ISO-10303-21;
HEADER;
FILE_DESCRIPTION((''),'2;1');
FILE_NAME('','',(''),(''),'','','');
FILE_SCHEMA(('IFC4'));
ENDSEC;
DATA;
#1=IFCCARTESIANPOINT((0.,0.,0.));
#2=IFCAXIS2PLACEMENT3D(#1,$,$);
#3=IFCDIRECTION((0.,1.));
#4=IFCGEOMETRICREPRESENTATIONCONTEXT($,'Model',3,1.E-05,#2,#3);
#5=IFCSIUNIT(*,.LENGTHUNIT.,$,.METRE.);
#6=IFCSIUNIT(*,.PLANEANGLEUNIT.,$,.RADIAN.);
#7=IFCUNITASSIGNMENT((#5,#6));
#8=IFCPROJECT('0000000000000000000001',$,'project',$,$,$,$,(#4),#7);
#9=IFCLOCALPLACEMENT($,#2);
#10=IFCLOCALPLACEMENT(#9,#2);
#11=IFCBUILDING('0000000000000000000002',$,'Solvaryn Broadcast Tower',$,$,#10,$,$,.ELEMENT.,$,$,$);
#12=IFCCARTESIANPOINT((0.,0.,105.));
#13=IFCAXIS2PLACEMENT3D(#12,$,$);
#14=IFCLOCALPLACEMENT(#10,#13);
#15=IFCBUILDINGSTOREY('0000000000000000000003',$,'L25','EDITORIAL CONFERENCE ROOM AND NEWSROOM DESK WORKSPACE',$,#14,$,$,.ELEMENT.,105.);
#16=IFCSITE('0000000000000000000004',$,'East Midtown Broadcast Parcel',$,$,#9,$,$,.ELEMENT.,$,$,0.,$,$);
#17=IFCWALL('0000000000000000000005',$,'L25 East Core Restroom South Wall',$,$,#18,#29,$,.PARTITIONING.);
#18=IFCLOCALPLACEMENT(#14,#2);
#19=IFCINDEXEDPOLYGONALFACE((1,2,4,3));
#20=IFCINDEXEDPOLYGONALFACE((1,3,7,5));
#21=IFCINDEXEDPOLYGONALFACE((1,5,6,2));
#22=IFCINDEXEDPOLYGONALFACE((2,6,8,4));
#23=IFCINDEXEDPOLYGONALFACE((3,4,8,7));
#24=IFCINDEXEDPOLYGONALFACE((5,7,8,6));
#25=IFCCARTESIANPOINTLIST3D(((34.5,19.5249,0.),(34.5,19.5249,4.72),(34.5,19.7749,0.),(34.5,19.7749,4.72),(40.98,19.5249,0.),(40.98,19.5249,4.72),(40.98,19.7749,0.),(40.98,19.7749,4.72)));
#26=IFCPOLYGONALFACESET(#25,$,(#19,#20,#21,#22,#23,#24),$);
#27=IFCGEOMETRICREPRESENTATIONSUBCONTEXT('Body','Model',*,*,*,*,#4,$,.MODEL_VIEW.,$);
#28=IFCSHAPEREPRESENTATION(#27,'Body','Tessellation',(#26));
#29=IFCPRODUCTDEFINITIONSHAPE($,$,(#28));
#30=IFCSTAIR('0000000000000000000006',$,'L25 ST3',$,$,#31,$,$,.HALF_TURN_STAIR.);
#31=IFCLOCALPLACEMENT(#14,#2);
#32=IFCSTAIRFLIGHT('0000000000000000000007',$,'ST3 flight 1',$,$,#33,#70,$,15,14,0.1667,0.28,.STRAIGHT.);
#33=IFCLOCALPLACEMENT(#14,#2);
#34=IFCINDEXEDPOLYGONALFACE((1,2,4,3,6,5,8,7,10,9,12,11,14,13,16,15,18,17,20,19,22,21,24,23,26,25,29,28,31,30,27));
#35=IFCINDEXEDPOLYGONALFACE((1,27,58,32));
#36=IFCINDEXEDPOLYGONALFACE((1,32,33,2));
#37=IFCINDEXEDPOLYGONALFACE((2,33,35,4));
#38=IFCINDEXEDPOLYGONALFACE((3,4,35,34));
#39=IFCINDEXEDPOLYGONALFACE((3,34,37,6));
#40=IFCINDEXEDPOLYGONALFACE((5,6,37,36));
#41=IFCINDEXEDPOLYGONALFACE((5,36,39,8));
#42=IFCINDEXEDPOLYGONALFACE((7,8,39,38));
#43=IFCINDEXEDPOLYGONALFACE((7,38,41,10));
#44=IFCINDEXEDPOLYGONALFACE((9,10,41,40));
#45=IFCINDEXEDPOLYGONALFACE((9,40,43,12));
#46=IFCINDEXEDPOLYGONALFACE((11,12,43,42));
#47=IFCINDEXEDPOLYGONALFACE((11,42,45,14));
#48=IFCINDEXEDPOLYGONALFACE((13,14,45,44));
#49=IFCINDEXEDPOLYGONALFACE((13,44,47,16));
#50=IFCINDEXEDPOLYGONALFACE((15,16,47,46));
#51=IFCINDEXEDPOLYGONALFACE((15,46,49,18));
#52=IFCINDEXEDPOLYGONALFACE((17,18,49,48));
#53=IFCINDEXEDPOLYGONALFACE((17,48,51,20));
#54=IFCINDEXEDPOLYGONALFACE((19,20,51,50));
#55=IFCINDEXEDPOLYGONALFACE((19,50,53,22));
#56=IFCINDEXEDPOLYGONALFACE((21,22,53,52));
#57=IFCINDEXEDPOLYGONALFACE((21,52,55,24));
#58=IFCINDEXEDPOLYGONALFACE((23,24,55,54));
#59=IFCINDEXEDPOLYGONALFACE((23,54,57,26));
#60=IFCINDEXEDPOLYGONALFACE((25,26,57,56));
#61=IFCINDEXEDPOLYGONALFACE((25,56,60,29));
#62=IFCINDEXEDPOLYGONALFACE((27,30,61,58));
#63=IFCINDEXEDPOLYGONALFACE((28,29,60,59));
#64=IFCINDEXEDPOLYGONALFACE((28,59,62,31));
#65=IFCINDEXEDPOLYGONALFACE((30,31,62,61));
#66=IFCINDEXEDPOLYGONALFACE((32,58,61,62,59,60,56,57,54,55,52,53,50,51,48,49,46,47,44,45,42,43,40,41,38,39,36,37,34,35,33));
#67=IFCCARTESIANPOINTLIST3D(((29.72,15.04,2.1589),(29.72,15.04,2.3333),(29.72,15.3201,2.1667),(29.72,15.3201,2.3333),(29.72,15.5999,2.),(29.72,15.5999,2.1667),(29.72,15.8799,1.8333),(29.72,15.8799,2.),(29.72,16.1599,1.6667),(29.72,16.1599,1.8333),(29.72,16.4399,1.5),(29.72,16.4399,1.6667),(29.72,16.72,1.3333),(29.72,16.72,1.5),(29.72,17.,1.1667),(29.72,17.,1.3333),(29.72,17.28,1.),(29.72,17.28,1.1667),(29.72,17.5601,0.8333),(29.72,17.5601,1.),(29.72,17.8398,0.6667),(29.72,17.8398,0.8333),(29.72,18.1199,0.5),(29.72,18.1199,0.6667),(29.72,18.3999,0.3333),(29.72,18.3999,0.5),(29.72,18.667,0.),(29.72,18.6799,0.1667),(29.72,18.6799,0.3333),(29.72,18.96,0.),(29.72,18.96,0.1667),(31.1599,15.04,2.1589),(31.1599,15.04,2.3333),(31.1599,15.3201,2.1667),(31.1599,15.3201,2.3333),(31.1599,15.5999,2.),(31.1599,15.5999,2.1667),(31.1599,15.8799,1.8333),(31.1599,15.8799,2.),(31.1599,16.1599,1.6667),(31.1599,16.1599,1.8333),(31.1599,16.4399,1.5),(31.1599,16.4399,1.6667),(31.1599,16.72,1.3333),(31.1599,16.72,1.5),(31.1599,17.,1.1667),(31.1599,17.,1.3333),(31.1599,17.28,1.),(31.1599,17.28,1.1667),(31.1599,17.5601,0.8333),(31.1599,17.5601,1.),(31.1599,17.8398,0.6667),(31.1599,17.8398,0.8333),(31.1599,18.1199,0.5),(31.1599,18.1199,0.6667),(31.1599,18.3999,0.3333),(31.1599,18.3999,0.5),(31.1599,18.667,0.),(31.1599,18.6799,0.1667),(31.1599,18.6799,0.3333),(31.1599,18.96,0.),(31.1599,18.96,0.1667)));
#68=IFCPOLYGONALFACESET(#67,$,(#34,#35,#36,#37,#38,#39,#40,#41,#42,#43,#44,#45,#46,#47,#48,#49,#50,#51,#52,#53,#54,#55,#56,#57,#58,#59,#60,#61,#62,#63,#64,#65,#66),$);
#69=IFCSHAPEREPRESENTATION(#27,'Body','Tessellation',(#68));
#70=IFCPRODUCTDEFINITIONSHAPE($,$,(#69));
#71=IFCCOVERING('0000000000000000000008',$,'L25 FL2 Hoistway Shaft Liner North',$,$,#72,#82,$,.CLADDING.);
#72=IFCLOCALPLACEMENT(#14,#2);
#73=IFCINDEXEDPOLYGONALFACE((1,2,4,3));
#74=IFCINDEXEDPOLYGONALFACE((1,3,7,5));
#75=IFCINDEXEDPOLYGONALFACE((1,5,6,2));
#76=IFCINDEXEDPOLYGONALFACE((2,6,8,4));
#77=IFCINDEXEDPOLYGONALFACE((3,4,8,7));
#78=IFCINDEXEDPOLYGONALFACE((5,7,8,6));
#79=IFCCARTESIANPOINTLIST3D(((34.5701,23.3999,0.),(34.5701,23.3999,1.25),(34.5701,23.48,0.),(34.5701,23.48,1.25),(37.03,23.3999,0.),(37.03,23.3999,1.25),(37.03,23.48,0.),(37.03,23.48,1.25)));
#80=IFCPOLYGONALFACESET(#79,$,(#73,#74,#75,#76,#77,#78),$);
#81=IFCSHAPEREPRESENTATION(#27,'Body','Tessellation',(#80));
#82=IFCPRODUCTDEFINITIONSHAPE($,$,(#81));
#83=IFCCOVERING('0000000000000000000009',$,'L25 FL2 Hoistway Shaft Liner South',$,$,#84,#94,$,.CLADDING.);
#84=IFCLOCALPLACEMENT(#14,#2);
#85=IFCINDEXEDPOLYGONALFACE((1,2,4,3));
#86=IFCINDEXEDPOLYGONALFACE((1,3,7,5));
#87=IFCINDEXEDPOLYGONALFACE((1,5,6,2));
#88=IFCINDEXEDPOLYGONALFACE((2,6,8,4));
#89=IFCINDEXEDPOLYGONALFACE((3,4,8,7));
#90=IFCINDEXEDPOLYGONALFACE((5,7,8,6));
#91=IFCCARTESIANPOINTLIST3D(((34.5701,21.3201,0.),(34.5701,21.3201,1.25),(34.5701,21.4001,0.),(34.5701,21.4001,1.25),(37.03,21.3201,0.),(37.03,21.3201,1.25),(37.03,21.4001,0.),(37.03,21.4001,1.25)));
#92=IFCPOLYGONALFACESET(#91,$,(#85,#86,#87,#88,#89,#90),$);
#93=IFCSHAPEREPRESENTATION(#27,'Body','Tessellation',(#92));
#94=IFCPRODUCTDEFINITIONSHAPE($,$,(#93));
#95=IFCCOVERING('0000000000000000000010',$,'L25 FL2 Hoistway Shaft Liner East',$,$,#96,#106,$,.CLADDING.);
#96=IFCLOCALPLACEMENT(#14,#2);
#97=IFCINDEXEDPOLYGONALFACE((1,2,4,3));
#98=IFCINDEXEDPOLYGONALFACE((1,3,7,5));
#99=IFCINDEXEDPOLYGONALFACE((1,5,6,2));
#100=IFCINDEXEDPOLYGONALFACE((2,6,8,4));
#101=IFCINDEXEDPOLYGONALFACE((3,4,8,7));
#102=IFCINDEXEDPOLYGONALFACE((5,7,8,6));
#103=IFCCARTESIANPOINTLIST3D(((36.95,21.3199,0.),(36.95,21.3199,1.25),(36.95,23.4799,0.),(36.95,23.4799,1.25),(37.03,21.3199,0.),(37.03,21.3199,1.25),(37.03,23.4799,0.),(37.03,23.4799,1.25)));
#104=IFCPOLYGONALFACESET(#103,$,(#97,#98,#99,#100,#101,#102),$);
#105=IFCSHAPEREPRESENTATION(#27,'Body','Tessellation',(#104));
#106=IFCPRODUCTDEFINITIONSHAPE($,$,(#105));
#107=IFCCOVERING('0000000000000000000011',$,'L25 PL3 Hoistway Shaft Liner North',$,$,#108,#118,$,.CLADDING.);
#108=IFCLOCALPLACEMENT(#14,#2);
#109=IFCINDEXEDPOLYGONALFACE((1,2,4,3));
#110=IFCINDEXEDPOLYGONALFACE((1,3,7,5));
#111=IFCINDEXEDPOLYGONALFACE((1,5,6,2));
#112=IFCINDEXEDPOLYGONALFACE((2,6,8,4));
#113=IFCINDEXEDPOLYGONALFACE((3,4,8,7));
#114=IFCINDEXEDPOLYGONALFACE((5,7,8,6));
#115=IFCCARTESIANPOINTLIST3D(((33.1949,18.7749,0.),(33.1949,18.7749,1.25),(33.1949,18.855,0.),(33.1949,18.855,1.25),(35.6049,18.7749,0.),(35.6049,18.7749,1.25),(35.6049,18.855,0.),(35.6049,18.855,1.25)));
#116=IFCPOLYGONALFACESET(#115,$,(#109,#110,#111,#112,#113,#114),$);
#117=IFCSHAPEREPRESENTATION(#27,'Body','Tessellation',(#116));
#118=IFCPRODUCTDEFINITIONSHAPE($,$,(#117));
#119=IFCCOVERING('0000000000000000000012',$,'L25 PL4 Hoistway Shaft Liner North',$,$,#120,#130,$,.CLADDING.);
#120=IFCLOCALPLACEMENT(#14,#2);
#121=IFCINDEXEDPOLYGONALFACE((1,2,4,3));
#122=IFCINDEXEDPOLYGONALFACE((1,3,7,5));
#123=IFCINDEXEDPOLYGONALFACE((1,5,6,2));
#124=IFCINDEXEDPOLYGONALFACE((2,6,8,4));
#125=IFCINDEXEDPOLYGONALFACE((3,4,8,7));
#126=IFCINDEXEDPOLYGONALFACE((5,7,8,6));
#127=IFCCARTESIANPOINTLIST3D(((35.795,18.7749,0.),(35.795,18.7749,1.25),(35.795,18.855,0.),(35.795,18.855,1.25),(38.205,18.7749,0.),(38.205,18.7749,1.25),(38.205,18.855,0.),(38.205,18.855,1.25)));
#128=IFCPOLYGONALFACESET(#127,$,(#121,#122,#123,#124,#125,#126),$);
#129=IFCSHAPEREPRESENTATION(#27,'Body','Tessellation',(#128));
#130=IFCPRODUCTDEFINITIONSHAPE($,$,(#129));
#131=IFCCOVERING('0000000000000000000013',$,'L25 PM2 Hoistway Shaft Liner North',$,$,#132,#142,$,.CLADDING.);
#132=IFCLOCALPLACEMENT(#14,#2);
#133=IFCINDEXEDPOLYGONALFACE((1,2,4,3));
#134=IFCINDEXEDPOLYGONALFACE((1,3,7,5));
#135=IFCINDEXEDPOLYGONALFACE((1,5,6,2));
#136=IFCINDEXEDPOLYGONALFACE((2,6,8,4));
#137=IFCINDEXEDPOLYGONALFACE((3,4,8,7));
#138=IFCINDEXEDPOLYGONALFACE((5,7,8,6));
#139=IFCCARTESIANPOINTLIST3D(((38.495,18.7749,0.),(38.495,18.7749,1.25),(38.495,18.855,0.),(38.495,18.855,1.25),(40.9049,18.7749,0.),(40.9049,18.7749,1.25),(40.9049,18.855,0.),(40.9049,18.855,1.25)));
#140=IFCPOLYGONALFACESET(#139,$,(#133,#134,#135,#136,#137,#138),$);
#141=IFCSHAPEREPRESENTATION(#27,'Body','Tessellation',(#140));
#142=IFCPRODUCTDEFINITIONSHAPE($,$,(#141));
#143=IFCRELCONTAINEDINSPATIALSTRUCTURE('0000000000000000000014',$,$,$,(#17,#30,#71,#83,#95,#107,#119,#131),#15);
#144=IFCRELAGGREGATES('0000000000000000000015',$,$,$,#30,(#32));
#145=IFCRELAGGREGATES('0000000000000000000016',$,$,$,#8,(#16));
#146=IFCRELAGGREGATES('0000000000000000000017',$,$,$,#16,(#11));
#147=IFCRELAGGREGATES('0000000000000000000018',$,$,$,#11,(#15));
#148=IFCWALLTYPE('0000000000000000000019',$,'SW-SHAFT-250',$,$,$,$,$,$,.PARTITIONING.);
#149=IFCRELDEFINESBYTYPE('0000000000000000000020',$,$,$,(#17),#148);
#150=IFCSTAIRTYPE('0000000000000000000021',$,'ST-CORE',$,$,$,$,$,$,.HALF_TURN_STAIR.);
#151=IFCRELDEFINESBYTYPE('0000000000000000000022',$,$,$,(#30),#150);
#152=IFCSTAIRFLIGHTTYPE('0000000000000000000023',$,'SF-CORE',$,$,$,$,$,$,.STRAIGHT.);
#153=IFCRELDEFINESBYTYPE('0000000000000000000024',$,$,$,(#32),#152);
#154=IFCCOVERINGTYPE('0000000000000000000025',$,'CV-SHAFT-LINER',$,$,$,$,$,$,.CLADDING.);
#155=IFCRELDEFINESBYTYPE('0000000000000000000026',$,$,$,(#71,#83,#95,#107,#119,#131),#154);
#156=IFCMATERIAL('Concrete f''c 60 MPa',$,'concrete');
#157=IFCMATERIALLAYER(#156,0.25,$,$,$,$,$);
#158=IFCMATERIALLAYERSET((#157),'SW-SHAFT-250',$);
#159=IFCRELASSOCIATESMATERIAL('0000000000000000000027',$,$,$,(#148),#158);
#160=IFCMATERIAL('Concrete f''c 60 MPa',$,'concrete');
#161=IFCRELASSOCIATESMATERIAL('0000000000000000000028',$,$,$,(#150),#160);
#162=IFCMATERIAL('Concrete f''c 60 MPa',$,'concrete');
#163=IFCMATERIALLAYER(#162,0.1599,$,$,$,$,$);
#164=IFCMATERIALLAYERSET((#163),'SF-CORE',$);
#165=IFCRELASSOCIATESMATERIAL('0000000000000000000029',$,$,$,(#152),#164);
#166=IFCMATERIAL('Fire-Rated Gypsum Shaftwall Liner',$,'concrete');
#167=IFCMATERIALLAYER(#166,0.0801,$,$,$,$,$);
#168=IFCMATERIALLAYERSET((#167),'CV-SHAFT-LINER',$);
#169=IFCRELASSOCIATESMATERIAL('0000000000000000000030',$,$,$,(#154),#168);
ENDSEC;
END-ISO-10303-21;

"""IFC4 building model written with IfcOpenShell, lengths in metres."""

from ifc_helpers import new_model, si_unit, direction, frame, frame_2d, origin, origin_2d, place, context, subcontext, project, spatial, polyline, rectangle, outline, extrude, material, layer, layer_set, type_object, element, aggregate, save


model = new_model("IFC4")

# Units and contexts
model_context = context("Model", 3, precision=1e-05, world=origin(), true_north=direction((0.0, 1.0)))
body_context = subcontext(model_context, "Body", "Model", "MODEL_VIEW")
ifc_project = project(units=[si_unit("LENGTHUNIT", "METRE"), si_unit("PLANEANGLEUNIT", "RADIAN")], contexts=[model_context])

# Site, building, storey
site_placement = place(None, origin())
site = spatial("IfcSite", under=ifc_project, at=site_placement, Name="East Midtown Broadcast Parcel", CompositionType="ELEMENT", RefElevation=0.0)
building_placement = place(site_placement, origin())
building = spatial("IfcBuilding", under=site, at=building_placement, Name="Solvaryn Broadcast Tower", CompositionType="ELEMENT")
storey_placement = place(building_placement, frame((0.0, 0.0, 105.0)))
storey = spatial("IfcBuildingStorey", under=building, at=storey_placement, Name="L25", Description="EDITORIAL CONFERENCE ROOM AND NEWSROOM DESK WORKSPACE", CompositionType="ELEMENT", Elevation=105.0)

# Shared definitions
ifc_material_1 = material(Name="Concrete f'c 60 MPa", Category="concrete")
ifc_layer_1 = layer(ifc_material_1, 0.25)
ifc_layer_set_1 = layer_set([ifc_layer_1], Name="SW-SHAFT-250")
wall_type_1 = type_object("IfcWallType", Name="SW-SHAFT-250", PredefinedType="PARTITIONING", material=ifc_layer_set_1)

# Wall
wall_1_placement = place(storey_placement, frame((34.5, 19.6499, 0.0), z_axis=(0.0, 0.0, 1.0), x_axis=(1.0, 0.0, 0.0)))
element("IfcWall", 1, at=wall_1_placement, inside=storey, type_object=wall_type_1, Name="L25 East Core Restroom South Wall", PredefinedType="PARTITIONING", context=body_context, shape_type="SweptSolid", body=[
    extrude(rectangle(XDim=6.48, YDim=0.25, at=frame_2d((3.24, 0.0))), origin(), (0.0, 0.0, 1.0), 4.72),
])

# Stair, stair flight
ifc_material_2 = material(Name="Concrete f'c 60 MPa", Category="concrete")
stair_type = type_object("IfcStairType", Name="ST-CORE", PredefinedType="HALF_TURN_STAIR", material=ifc_material_2)
stair_placement = place(storey_placement, origin())
stair = element("IfcStair", 2, at=stair_placement, inside=storey, type_object=stair_type, Name="L25 ST3", PredefinedType="HALF_TURN_STAIR")
ifc_material_3 = material(Name="Concrete f'c 60 MPa", Category="concrete")
ifc_layer_2 = layer(ifc_material_3, 0.1599)
ifc_layer_set_2 = layer_set([ifc_layer_2], Name="SF-CORE")
stair_flight_type = type_object("IfcStairFlightType", Name="SF-CORE", PredefinedType="STRAIGHT", material=ifc_layer_set_2)
stair_flight_placement = place(storey_placement, frame((30.4399, 18.96, 0.0), z_axis=(0.0, 0.0, 1.0), x_axis=(0.0, -1.0, 0.0)))
stair_flight = element("IfcStairFlight", 3, at=stair_flight_placement, type_object=stair_flight_type, Name="ST3 flight 1", NumberOfRisers=15, NumberOfTreads=14, PredefinedType="STRAIGHT", RiserHeight=0.1667, TreadLength=0.28, context=body_context, shape_type="SweptSolid", body=[
    extrude(outline(polyline([(0.0, 0.0), (0.0, 0.1667), (0.28, 0.1667), (0.28, 0.3333), (0.5601, 0.3333), (0.5601, 0.5), (0.8401, 0.5), (0.8401, 0.6667), (1.1201, 0.6667), (1.1201, 0.8333), (1.3999, 0.8333), (1.3999, 1.0), (1.6799, 1.0), (1.6799, 1.1667), (1.96, 1.1667), (1.96, 1.3333), (2.24, 1.3333), (2.24, 1.5), (2.52, 1.5), (2.52, 1.6667), (2.8, 1.6667), (2.8, 1.8333), (3.0801, 1.8333), (3.0801, 2.0), (3.3601, 2.0), (3.3601, 2.1667), (3.6399, 2.1667), (3.6399, 2.3333), (3.9199, 2.3333), (3.9199, 2.5), (3.9199, 2.1589), (0.293, 0.0), (0.0, 0.0)])), frame((0.0, 0.72, 0.0), z_axis=(0.0, -1.0, 0.0), x_axis=(1.0, 0.0, 0.0)), (0.0, 0.0, 1.0), 1.4399),
])
aggregate(stair, [stair_flight])

# Coverings
ifc_material_4 = material(Name="Fire-Rated Gypsum Shaftwall Liner", Category="concrete")
ifc_layer_3 = layer(ifc_material_4, 0.0801)
ifc_layer_set_3 = layer_set([ifc_layer_3], Name="CV-SHAFT-LINER")
covering_type = type_object("IfcCoveringType", Name="CV-SHAFT-LINER", PredefinedType="CLADDING", material=ifc_layer_set_3)
for number, where, z_axis, x_axis, name in (
    (4, (35.8, 23.4399, 0.0), (0.0, 0.0, 1.0), (1.0, 0.0, 0.0), "L25 FL2 Hoistway Shaft Liner North"),
    (5, (35.8, 21.3601, 0.0), (0.0, 0.0, 1.0), (1.0, 0.0, 0.0), "L25 FL2 Hoistway Shaft Liner South"),
):
    element("IfcCovering", number, at=place(storey_placement, frame(where, z_axis=z_axis, x_axis=x_axis)), inside=storey, type_object=covering_type, Name=name, PredefinedType="CLADDING", context=body_context, shape_type="SweptSolid", body=[
        extrude(rectangle(XDim=2.46, YDim=0.0801, at=origin_2d()), origin(), (0.0, 0.0, 1.0), 1.25),
    ])
covering_placement = place(storey_placement, frame((36.99, 22.3999, 0.0), z_axis=(0.0, 0.0, 1.0), x_axis=(1.0, 0.0, 0.0)))
element("IfcCovering", 6, at=covering_placement, inside=storey, type_object=covering_type, Name="L25 FL2 Hoistway Shaft Liner East", PredefinedType="CLADDING", context=body_context, shape_type="SweptSolid", body=[
    extrude(rectangle(XDim=0.0801, YDim=2.1599, at=origin_2d()), origin(), (0.0, 0.0, 1.0), 1.25),
])
for number, where, z_axis, x_axis, name in (
    (7, (34.3999, 18.8149, 0.0), (0.0, 0.0, 1.0), (1.0, 0.0, 0.0), "L25 PL3 Hoistway Shaft Liner North"),
    (8, (37.0, 18.8149, 0.0), (0.0, 0.0, 1.0), (1.0, 0.0, 0.0), "L25 PL4 Hoistway Shaft Liner North"),
    (9, (39.7, 18.8149, 0.0), (0.0, 0.0, 1.0), (1.0, 0.0, 0.0), "L25 PM2 Hoistway Shaft Liner North"),
):
    element("IfcCovering", number, at=place(storey_placement, frame(where, z_axis=z_axis, x_axis=x_axis)), inside=storey, type_object=covering_type, Name=name, PredefinedType="CLADDING", context=body_context, shape_type="SweptSolid", body=[
        extrude(rectangle(XDim=2.4099, YDim=0.0801, at=origin_2d()), origin(), (0.0, 0.0, 1.0), 1.25),
    ])

save(model, "model.ifc")
